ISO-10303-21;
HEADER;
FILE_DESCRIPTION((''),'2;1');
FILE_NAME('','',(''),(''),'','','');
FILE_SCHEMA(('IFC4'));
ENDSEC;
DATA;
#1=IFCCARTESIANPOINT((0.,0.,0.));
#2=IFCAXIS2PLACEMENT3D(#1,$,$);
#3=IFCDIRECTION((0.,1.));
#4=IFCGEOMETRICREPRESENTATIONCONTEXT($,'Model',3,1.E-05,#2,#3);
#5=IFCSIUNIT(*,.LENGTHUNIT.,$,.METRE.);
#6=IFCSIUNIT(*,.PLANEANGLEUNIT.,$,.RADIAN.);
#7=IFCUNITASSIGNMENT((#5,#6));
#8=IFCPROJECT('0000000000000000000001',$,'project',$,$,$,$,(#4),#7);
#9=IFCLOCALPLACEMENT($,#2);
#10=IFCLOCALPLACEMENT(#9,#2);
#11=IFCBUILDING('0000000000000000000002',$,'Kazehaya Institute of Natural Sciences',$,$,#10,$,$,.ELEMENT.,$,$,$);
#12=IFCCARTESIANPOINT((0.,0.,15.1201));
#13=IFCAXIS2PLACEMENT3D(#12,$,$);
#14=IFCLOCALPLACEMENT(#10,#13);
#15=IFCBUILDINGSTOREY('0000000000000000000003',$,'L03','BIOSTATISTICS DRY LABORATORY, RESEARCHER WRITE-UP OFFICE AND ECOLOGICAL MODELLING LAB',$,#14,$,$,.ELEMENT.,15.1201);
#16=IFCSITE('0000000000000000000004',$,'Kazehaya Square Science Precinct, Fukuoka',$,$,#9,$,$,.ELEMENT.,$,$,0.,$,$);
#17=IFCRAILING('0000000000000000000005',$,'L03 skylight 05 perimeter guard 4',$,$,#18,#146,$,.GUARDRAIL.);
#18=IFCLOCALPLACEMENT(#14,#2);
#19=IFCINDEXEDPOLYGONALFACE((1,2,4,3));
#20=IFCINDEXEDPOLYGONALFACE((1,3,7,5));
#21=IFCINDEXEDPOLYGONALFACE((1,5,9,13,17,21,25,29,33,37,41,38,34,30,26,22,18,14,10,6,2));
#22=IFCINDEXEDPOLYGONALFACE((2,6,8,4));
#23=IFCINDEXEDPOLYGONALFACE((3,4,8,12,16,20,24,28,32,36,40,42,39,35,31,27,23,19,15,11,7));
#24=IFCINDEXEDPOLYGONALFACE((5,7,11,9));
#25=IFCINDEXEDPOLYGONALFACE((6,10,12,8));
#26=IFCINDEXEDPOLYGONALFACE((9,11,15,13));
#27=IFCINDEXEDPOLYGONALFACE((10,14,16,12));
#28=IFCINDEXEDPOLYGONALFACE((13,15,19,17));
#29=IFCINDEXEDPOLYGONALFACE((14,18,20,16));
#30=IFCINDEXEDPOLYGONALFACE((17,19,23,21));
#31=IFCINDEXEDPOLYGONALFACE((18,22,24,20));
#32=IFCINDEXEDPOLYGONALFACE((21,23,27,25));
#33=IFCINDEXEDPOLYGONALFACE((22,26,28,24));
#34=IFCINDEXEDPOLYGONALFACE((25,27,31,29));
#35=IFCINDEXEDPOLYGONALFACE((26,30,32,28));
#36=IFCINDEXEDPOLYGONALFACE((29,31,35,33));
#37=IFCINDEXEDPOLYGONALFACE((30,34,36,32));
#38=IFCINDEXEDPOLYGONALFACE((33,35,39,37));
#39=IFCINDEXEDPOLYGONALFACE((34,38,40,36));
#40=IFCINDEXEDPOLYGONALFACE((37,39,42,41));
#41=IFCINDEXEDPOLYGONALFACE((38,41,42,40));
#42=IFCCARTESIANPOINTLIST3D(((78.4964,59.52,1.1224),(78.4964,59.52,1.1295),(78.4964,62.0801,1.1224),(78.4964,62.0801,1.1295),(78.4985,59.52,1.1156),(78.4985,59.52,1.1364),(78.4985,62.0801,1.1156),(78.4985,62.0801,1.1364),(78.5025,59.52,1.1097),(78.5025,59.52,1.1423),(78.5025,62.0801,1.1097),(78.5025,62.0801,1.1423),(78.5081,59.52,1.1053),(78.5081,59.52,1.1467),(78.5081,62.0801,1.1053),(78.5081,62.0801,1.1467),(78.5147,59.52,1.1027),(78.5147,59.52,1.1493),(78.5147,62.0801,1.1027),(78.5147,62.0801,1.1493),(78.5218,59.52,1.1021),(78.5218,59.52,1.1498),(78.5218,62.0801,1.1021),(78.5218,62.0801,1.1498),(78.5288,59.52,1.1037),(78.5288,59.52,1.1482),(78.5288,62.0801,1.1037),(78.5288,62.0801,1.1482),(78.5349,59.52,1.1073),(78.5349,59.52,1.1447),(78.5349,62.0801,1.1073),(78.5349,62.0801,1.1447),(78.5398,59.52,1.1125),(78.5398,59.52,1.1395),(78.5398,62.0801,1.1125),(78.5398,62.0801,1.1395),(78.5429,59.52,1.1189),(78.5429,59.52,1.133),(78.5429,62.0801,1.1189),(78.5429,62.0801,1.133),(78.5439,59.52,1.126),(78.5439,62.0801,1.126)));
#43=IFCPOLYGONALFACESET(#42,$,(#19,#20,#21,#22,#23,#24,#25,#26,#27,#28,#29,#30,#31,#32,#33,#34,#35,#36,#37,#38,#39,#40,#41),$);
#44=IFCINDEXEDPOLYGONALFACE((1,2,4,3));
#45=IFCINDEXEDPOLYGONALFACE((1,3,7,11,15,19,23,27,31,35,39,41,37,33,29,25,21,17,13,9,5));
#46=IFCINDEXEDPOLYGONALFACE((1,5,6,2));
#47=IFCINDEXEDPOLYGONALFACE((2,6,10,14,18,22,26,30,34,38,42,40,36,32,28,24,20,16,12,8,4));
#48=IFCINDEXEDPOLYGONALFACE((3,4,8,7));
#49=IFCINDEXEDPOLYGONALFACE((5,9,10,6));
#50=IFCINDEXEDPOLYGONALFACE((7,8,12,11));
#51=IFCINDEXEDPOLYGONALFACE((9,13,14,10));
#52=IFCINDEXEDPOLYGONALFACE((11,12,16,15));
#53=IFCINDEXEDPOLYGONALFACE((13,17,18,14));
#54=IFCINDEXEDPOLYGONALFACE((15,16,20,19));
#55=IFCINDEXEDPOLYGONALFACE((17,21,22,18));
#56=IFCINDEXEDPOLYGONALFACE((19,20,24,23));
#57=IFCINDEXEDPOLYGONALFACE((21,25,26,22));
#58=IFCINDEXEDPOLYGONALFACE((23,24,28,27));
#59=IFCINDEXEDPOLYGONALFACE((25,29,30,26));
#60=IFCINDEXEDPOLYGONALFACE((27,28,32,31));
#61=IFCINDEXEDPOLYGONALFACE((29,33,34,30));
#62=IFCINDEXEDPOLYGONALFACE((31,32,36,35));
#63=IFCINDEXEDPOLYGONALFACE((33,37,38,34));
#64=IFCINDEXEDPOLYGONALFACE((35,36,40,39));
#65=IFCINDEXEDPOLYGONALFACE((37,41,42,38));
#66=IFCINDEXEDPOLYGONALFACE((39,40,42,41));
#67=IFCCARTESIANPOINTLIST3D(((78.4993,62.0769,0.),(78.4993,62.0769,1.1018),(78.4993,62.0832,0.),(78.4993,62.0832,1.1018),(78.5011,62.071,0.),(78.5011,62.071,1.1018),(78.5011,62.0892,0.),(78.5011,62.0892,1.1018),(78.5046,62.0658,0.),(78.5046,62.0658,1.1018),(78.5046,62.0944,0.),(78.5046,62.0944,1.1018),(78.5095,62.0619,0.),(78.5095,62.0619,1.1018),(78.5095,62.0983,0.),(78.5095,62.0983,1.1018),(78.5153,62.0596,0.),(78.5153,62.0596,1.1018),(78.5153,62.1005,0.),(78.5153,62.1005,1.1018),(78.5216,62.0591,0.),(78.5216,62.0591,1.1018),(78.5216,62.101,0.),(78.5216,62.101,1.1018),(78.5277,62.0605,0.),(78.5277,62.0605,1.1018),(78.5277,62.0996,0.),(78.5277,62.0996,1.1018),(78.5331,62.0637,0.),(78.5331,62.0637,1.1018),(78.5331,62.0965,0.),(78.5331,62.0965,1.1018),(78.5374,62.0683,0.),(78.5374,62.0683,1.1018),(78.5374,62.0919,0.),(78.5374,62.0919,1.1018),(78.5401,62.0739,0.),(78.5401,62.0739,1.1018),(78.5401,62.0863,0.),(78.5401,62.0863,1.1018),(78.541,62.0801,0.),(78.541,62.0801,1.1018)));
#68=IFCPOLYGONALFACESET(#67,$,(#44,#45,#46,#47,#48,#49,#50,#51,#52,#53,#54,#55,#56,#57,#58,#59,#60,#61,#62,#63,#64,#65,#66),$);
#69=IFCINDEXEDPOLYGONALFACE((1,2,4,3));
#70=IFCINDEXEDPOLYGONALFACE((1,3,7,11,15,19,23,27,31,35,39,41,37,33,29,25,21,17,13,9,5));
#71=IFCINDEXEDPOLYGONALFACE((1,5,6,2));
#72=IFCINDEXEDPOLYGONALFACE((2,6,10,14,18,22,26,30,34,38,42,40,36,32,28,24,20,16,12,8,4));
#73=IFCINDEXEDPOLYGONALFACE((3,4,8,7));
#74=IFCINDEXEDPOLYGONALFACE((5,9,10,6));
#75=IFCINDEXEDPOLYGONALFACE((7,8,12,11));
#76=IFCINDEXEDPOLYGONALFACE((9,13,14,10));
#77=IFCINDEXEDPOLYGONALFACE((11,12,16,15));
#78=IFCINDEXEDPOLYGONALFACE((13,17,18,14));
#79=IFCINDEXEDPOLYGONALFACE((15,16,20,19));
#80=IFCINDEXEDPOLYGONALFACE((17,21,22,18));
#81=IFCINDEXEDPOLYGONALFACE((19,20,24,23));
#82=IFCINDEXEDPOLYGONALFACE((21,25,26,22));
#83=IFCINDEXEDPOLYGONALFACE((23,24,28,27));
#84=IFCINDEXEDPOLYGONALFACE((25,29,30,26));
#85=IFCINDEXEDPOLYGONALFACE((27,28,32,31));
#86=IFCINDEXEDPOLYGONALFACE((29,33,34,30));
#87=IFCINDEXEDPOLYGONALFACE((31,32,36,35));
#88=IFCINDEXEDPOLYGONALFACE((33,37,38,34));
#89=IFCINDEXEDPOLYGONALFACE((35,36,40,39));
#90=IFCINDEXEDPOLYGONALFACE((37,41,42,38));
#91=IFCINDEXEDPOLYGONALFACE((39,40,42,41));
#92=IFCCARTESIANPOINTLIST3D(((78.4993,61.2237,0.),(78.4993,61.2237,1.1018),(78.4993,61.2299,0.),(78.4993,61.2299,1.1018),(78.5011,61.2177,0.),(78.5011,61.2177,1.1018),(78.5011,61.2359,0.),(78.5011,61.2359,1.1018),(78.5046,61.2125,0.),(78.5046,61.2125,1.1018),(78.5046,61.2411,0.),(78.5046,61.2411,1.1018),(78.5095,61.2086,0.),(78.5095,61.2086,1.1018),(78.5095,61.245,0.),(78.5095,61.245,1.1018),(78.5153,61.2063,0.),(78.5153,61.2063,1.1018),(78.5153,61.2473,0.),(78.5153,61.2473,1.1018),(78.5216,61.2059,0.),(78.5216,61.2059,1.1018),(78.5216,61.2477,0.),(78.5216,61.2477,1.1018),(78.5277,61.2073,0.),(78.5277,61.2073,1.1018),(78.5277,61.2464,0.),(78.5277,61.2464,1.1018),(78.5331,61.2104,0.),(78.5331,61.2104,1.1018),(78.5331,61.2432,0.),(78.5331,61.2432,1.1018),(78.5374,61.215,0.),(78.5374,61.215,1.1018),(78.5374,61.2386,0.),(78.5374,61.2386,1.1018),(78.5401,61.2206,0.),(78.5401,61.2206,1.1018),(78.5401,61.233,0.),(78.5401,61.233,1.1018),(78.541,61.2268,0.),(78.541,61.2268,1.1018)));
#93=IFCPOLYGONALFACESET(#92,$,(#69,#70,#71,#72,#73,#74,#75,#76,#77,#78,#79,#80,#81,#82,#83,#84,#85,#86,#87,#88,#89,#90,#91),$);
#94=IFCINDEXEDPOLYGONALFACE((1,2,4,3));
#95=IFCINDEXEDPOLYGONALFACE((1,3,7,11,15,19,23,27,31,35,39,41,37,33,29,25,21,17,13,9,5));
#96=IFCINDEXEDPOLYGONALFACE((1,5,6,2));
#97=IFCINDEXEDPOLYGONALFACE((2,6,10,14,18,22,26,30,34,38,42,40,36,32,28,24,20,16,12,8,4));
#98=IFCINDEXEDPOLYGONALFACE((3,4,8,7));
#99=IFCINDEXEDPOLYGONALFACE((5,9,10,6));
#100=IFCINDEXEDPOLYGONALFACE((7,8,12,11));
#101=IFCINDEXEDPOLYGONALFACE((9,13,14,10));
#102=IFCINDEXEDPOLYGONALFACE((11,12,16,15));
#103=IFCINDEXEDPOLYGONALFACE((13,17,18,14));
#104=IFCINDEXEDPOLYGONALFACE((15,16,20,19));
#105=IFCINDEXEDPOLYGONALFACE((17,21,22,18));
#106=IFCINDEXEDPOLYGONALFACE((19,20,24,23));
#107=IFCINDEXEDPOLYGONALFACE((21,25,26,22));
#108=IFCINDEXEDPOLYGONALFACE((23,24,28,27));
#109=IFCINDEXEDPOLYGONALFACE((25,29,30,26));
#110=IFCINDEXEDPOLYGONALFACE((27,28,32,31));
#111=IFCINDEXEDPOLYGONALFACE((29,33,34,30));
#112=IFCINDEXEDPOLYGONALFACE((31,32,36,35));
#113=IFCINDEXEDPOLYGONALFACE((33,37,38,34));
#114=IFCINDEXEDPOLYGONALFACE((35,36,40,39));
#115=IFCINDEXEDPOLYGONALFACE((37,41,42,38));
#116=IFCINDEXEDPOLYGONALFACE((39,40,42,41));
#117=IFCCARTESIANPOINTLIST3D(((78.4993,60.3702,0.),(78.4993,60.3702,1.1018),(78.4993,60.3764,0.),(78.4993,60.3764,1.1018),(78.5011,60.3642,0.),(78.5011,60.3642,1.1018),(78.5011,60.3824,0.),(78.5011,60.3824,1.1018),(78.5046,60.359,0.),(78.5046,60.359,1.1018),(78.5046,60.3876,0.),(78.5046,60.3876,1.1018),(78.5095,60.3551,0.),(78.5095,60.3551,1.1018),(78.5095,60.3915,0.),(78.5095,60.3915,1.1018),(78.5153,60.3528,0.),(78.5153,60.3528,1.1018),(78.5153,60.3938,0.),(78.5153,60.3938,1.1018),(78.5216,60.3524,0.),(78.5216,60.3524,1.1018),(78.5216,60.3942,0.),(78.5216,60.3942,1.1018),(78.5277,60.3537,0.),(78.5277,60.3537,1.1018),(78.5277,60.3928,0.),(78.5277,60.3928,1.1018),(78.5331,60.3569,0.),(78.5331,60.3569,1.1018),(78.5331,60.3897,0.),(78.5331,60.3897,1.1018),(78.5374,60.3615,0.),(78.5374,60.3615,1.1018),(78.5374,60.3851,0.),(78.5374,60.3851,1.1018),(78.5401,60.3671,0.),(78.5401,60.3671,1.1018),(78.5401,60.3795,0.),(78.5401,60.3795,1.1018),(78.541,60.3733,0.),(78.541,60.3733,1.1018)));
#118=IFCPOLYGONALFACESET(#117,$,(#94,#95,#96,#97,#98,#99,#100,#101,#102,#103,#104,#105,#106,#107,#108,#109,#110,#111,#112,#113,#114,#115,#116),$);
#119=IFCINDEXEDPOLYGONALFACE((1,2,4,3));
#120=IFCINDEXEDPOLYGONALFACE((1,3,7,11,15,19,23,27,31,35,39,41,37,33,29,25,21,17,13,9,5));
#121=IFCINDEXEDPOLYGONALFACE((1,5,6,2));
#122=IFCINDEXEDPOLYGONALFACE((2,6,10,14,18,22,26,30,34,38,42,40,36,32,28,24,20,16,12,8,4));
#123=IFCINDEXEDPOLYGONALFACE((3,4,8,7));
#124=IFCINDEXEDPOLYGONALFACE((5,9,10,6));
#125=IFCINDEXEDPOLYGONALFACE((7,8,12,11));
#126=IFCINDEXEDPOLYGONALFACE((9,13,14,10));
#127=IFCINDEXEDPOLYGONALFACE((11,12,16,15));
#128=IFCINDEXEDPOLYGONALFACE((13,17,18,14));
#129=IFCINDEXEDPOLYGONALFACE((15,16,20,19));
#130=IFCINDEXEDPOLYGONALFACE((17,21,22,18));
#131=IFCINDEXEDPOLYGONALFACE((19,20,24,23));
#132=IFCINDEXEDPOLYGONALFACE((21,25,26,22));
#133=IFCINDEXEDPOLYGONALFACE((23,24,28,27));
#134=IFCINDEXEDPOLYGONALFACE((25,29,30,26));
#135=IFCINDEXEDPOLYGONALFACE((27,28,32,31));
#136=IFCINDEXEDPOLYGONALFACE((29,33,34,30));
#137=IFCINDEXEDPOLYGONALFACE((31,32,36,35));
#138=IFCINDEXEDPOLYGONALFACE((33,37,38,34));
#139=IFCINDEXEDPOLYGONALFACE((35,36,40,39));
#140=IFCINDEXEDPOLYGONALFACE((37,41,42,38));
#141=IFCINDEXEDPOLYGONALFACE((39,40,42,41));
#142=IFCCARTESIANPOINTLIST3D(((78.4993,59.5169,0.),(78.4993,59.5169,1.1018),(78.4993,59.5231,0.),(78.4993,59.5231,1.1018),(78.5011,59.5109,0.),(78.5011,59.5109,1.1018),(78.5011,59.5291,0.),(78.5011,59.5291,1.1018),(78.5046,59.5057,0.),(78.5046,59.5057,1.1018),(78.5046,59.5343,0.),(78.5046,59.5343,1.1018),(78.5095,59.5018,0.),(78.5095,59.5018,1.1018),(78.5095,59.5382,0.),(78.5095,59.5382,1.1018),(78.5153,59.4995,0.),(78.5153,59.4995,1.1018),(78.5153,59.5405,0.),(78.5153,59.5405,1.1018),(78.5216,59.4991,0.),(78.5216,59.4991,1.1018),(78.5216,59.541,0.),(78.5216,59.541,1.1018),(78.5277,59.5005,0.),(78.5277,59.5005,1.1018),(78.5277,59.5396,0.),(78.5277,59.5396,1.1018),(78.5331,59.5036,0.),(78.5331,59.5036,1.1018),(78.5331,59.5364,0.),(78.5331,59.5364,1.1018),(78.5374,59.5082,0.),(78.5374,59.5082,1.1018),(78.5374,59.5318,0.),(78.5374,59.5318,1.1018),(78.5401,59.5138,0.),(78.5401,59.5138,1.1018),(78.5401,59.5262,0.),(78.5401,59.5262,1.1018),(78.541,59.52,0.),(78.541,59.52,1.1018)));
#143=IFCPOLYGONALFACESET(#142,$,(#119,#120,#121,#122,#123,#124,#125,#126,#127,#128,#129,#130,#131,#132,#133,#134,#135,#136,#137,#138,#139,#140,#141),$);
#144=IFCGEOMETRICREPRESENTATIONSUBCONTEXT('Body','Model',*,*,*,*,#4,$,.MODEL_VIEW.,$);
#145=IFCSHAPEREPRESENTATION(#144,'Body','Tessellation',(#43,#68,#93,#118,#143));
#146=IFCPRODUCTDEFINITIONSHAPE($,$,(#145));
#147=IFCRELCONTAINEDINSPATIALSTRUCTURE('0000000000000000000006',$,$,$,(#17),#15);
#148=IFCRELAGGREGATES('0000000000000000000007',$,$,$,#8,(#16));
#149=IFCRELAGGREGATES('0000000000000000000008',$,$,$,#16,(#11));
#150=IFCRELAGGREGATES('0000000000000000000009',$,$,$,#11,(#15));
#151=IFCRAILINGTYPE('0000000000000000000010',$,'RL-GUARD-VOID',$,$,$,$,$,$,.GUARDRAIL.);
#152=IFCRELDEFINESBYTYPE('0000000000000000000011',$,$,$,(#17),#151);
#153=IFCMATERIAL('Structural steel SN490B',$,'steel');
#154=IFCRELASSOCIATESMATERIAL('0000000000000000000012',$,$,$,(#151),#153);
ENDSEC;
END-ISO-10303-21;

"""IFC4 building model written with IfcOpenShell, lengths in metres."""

from ifc_helpers import new_model, si_unit, direction, frame, origin, origin_2d, place, context, subcontext, project, spatial, circle, extrude, material, type_object, element, save


model = new_model("IFC4")

# Units and contexts
model_context = context("Model", 3, precision=1e-05, world=origin(), true_north=direction((0.0, 1.0)))
body_context = subcontext(model_context, "Body", "Model", "MODEL_VIEW")
ifc_project = project(units=[si_unit("LENGTHUNIT", "METRE"), si_unit("PLANEANGLEUNIT", "RADIAN")], contexts=[model_context])

# Site, building, storey
site_placement = place(None, origin())
site = spatial("IfcSite", under=ifc_project, at=site_placement, Name="Kazehaya Square Science Precinct, Fukuoka", CompositionType="ELEMENT", RefElevation=0.0)
building_placement = place(site_placement, origin())
building = spatial("IfcBuilding", under=site, at=building_placement, Name="Kazehaya Institute of Natural Sciences", CompositionType="ELEMENT")
storey_placement = place(building_placement, frame((0.0, 0.0, 15.1201)))
storey = spatial("IfcBuildingStorey", under=building, at=storey_placement, Name="L03", Description="BIOSTATISTICS DRY LABORATORY, RESEARCHER WRITE-UP OFFICE AND ECOLOGICAL MODELLING LAB", CompositionType="ELEMENT", Elevation=15.1201)

# Railing
ifc_material_1 = material(Name="Structural steel SN490B", Category="steel")
railing_type = type_object("IfcRailingType", Name="RL-GUARD-VOID", PredefinedType="GUARDRAIL", material=ifc_material_1)
railing_1_placement = place(storey_placement, frame((78.52, 62.0801, 0.0)))
element("IfcRailing", 1, at=railing_1_placement, inside=storey, type_object=railing_type, Name="L03 skylight 05 perimeter guard 4", PredefinedType="GUARDRAIL", context=body_context, shape_type="SweptSolid", body=[
    extrude(circle(Radius=0.0239, at=origin_2d()), frame((0.0, 0.0, 1.126), z_axis=(0.0, -1.0, 0.0), x_axis=(1.0, 0.0, 0.0)), (0.0, 0.0, 1.0), 2.5601),
    extrude(circle(Radius=0.021, at=origin_2d()), origin(), (0.0, 0.0, 1.0), 1.1018),
    extrude(circle(Radius=0.021, at=origin_2d()), frame((0.0, -0.8533, 0.0)), (0.0, 0.0, 1.0), 1.1018),
    extrude(circle(Radius=0.021, at=origin_2d()), frame((0.0, -1.7068, 0.0)), (0.0, 0.0, 1.0), 1.1018),
    extrude(circle(Radius=0.021, at=origin_2d()), frame((0.0, -2.5601, 0.0)), (0.0, 0.0, 1.0), 1.1018),
])

save(model, "model.ifc")
